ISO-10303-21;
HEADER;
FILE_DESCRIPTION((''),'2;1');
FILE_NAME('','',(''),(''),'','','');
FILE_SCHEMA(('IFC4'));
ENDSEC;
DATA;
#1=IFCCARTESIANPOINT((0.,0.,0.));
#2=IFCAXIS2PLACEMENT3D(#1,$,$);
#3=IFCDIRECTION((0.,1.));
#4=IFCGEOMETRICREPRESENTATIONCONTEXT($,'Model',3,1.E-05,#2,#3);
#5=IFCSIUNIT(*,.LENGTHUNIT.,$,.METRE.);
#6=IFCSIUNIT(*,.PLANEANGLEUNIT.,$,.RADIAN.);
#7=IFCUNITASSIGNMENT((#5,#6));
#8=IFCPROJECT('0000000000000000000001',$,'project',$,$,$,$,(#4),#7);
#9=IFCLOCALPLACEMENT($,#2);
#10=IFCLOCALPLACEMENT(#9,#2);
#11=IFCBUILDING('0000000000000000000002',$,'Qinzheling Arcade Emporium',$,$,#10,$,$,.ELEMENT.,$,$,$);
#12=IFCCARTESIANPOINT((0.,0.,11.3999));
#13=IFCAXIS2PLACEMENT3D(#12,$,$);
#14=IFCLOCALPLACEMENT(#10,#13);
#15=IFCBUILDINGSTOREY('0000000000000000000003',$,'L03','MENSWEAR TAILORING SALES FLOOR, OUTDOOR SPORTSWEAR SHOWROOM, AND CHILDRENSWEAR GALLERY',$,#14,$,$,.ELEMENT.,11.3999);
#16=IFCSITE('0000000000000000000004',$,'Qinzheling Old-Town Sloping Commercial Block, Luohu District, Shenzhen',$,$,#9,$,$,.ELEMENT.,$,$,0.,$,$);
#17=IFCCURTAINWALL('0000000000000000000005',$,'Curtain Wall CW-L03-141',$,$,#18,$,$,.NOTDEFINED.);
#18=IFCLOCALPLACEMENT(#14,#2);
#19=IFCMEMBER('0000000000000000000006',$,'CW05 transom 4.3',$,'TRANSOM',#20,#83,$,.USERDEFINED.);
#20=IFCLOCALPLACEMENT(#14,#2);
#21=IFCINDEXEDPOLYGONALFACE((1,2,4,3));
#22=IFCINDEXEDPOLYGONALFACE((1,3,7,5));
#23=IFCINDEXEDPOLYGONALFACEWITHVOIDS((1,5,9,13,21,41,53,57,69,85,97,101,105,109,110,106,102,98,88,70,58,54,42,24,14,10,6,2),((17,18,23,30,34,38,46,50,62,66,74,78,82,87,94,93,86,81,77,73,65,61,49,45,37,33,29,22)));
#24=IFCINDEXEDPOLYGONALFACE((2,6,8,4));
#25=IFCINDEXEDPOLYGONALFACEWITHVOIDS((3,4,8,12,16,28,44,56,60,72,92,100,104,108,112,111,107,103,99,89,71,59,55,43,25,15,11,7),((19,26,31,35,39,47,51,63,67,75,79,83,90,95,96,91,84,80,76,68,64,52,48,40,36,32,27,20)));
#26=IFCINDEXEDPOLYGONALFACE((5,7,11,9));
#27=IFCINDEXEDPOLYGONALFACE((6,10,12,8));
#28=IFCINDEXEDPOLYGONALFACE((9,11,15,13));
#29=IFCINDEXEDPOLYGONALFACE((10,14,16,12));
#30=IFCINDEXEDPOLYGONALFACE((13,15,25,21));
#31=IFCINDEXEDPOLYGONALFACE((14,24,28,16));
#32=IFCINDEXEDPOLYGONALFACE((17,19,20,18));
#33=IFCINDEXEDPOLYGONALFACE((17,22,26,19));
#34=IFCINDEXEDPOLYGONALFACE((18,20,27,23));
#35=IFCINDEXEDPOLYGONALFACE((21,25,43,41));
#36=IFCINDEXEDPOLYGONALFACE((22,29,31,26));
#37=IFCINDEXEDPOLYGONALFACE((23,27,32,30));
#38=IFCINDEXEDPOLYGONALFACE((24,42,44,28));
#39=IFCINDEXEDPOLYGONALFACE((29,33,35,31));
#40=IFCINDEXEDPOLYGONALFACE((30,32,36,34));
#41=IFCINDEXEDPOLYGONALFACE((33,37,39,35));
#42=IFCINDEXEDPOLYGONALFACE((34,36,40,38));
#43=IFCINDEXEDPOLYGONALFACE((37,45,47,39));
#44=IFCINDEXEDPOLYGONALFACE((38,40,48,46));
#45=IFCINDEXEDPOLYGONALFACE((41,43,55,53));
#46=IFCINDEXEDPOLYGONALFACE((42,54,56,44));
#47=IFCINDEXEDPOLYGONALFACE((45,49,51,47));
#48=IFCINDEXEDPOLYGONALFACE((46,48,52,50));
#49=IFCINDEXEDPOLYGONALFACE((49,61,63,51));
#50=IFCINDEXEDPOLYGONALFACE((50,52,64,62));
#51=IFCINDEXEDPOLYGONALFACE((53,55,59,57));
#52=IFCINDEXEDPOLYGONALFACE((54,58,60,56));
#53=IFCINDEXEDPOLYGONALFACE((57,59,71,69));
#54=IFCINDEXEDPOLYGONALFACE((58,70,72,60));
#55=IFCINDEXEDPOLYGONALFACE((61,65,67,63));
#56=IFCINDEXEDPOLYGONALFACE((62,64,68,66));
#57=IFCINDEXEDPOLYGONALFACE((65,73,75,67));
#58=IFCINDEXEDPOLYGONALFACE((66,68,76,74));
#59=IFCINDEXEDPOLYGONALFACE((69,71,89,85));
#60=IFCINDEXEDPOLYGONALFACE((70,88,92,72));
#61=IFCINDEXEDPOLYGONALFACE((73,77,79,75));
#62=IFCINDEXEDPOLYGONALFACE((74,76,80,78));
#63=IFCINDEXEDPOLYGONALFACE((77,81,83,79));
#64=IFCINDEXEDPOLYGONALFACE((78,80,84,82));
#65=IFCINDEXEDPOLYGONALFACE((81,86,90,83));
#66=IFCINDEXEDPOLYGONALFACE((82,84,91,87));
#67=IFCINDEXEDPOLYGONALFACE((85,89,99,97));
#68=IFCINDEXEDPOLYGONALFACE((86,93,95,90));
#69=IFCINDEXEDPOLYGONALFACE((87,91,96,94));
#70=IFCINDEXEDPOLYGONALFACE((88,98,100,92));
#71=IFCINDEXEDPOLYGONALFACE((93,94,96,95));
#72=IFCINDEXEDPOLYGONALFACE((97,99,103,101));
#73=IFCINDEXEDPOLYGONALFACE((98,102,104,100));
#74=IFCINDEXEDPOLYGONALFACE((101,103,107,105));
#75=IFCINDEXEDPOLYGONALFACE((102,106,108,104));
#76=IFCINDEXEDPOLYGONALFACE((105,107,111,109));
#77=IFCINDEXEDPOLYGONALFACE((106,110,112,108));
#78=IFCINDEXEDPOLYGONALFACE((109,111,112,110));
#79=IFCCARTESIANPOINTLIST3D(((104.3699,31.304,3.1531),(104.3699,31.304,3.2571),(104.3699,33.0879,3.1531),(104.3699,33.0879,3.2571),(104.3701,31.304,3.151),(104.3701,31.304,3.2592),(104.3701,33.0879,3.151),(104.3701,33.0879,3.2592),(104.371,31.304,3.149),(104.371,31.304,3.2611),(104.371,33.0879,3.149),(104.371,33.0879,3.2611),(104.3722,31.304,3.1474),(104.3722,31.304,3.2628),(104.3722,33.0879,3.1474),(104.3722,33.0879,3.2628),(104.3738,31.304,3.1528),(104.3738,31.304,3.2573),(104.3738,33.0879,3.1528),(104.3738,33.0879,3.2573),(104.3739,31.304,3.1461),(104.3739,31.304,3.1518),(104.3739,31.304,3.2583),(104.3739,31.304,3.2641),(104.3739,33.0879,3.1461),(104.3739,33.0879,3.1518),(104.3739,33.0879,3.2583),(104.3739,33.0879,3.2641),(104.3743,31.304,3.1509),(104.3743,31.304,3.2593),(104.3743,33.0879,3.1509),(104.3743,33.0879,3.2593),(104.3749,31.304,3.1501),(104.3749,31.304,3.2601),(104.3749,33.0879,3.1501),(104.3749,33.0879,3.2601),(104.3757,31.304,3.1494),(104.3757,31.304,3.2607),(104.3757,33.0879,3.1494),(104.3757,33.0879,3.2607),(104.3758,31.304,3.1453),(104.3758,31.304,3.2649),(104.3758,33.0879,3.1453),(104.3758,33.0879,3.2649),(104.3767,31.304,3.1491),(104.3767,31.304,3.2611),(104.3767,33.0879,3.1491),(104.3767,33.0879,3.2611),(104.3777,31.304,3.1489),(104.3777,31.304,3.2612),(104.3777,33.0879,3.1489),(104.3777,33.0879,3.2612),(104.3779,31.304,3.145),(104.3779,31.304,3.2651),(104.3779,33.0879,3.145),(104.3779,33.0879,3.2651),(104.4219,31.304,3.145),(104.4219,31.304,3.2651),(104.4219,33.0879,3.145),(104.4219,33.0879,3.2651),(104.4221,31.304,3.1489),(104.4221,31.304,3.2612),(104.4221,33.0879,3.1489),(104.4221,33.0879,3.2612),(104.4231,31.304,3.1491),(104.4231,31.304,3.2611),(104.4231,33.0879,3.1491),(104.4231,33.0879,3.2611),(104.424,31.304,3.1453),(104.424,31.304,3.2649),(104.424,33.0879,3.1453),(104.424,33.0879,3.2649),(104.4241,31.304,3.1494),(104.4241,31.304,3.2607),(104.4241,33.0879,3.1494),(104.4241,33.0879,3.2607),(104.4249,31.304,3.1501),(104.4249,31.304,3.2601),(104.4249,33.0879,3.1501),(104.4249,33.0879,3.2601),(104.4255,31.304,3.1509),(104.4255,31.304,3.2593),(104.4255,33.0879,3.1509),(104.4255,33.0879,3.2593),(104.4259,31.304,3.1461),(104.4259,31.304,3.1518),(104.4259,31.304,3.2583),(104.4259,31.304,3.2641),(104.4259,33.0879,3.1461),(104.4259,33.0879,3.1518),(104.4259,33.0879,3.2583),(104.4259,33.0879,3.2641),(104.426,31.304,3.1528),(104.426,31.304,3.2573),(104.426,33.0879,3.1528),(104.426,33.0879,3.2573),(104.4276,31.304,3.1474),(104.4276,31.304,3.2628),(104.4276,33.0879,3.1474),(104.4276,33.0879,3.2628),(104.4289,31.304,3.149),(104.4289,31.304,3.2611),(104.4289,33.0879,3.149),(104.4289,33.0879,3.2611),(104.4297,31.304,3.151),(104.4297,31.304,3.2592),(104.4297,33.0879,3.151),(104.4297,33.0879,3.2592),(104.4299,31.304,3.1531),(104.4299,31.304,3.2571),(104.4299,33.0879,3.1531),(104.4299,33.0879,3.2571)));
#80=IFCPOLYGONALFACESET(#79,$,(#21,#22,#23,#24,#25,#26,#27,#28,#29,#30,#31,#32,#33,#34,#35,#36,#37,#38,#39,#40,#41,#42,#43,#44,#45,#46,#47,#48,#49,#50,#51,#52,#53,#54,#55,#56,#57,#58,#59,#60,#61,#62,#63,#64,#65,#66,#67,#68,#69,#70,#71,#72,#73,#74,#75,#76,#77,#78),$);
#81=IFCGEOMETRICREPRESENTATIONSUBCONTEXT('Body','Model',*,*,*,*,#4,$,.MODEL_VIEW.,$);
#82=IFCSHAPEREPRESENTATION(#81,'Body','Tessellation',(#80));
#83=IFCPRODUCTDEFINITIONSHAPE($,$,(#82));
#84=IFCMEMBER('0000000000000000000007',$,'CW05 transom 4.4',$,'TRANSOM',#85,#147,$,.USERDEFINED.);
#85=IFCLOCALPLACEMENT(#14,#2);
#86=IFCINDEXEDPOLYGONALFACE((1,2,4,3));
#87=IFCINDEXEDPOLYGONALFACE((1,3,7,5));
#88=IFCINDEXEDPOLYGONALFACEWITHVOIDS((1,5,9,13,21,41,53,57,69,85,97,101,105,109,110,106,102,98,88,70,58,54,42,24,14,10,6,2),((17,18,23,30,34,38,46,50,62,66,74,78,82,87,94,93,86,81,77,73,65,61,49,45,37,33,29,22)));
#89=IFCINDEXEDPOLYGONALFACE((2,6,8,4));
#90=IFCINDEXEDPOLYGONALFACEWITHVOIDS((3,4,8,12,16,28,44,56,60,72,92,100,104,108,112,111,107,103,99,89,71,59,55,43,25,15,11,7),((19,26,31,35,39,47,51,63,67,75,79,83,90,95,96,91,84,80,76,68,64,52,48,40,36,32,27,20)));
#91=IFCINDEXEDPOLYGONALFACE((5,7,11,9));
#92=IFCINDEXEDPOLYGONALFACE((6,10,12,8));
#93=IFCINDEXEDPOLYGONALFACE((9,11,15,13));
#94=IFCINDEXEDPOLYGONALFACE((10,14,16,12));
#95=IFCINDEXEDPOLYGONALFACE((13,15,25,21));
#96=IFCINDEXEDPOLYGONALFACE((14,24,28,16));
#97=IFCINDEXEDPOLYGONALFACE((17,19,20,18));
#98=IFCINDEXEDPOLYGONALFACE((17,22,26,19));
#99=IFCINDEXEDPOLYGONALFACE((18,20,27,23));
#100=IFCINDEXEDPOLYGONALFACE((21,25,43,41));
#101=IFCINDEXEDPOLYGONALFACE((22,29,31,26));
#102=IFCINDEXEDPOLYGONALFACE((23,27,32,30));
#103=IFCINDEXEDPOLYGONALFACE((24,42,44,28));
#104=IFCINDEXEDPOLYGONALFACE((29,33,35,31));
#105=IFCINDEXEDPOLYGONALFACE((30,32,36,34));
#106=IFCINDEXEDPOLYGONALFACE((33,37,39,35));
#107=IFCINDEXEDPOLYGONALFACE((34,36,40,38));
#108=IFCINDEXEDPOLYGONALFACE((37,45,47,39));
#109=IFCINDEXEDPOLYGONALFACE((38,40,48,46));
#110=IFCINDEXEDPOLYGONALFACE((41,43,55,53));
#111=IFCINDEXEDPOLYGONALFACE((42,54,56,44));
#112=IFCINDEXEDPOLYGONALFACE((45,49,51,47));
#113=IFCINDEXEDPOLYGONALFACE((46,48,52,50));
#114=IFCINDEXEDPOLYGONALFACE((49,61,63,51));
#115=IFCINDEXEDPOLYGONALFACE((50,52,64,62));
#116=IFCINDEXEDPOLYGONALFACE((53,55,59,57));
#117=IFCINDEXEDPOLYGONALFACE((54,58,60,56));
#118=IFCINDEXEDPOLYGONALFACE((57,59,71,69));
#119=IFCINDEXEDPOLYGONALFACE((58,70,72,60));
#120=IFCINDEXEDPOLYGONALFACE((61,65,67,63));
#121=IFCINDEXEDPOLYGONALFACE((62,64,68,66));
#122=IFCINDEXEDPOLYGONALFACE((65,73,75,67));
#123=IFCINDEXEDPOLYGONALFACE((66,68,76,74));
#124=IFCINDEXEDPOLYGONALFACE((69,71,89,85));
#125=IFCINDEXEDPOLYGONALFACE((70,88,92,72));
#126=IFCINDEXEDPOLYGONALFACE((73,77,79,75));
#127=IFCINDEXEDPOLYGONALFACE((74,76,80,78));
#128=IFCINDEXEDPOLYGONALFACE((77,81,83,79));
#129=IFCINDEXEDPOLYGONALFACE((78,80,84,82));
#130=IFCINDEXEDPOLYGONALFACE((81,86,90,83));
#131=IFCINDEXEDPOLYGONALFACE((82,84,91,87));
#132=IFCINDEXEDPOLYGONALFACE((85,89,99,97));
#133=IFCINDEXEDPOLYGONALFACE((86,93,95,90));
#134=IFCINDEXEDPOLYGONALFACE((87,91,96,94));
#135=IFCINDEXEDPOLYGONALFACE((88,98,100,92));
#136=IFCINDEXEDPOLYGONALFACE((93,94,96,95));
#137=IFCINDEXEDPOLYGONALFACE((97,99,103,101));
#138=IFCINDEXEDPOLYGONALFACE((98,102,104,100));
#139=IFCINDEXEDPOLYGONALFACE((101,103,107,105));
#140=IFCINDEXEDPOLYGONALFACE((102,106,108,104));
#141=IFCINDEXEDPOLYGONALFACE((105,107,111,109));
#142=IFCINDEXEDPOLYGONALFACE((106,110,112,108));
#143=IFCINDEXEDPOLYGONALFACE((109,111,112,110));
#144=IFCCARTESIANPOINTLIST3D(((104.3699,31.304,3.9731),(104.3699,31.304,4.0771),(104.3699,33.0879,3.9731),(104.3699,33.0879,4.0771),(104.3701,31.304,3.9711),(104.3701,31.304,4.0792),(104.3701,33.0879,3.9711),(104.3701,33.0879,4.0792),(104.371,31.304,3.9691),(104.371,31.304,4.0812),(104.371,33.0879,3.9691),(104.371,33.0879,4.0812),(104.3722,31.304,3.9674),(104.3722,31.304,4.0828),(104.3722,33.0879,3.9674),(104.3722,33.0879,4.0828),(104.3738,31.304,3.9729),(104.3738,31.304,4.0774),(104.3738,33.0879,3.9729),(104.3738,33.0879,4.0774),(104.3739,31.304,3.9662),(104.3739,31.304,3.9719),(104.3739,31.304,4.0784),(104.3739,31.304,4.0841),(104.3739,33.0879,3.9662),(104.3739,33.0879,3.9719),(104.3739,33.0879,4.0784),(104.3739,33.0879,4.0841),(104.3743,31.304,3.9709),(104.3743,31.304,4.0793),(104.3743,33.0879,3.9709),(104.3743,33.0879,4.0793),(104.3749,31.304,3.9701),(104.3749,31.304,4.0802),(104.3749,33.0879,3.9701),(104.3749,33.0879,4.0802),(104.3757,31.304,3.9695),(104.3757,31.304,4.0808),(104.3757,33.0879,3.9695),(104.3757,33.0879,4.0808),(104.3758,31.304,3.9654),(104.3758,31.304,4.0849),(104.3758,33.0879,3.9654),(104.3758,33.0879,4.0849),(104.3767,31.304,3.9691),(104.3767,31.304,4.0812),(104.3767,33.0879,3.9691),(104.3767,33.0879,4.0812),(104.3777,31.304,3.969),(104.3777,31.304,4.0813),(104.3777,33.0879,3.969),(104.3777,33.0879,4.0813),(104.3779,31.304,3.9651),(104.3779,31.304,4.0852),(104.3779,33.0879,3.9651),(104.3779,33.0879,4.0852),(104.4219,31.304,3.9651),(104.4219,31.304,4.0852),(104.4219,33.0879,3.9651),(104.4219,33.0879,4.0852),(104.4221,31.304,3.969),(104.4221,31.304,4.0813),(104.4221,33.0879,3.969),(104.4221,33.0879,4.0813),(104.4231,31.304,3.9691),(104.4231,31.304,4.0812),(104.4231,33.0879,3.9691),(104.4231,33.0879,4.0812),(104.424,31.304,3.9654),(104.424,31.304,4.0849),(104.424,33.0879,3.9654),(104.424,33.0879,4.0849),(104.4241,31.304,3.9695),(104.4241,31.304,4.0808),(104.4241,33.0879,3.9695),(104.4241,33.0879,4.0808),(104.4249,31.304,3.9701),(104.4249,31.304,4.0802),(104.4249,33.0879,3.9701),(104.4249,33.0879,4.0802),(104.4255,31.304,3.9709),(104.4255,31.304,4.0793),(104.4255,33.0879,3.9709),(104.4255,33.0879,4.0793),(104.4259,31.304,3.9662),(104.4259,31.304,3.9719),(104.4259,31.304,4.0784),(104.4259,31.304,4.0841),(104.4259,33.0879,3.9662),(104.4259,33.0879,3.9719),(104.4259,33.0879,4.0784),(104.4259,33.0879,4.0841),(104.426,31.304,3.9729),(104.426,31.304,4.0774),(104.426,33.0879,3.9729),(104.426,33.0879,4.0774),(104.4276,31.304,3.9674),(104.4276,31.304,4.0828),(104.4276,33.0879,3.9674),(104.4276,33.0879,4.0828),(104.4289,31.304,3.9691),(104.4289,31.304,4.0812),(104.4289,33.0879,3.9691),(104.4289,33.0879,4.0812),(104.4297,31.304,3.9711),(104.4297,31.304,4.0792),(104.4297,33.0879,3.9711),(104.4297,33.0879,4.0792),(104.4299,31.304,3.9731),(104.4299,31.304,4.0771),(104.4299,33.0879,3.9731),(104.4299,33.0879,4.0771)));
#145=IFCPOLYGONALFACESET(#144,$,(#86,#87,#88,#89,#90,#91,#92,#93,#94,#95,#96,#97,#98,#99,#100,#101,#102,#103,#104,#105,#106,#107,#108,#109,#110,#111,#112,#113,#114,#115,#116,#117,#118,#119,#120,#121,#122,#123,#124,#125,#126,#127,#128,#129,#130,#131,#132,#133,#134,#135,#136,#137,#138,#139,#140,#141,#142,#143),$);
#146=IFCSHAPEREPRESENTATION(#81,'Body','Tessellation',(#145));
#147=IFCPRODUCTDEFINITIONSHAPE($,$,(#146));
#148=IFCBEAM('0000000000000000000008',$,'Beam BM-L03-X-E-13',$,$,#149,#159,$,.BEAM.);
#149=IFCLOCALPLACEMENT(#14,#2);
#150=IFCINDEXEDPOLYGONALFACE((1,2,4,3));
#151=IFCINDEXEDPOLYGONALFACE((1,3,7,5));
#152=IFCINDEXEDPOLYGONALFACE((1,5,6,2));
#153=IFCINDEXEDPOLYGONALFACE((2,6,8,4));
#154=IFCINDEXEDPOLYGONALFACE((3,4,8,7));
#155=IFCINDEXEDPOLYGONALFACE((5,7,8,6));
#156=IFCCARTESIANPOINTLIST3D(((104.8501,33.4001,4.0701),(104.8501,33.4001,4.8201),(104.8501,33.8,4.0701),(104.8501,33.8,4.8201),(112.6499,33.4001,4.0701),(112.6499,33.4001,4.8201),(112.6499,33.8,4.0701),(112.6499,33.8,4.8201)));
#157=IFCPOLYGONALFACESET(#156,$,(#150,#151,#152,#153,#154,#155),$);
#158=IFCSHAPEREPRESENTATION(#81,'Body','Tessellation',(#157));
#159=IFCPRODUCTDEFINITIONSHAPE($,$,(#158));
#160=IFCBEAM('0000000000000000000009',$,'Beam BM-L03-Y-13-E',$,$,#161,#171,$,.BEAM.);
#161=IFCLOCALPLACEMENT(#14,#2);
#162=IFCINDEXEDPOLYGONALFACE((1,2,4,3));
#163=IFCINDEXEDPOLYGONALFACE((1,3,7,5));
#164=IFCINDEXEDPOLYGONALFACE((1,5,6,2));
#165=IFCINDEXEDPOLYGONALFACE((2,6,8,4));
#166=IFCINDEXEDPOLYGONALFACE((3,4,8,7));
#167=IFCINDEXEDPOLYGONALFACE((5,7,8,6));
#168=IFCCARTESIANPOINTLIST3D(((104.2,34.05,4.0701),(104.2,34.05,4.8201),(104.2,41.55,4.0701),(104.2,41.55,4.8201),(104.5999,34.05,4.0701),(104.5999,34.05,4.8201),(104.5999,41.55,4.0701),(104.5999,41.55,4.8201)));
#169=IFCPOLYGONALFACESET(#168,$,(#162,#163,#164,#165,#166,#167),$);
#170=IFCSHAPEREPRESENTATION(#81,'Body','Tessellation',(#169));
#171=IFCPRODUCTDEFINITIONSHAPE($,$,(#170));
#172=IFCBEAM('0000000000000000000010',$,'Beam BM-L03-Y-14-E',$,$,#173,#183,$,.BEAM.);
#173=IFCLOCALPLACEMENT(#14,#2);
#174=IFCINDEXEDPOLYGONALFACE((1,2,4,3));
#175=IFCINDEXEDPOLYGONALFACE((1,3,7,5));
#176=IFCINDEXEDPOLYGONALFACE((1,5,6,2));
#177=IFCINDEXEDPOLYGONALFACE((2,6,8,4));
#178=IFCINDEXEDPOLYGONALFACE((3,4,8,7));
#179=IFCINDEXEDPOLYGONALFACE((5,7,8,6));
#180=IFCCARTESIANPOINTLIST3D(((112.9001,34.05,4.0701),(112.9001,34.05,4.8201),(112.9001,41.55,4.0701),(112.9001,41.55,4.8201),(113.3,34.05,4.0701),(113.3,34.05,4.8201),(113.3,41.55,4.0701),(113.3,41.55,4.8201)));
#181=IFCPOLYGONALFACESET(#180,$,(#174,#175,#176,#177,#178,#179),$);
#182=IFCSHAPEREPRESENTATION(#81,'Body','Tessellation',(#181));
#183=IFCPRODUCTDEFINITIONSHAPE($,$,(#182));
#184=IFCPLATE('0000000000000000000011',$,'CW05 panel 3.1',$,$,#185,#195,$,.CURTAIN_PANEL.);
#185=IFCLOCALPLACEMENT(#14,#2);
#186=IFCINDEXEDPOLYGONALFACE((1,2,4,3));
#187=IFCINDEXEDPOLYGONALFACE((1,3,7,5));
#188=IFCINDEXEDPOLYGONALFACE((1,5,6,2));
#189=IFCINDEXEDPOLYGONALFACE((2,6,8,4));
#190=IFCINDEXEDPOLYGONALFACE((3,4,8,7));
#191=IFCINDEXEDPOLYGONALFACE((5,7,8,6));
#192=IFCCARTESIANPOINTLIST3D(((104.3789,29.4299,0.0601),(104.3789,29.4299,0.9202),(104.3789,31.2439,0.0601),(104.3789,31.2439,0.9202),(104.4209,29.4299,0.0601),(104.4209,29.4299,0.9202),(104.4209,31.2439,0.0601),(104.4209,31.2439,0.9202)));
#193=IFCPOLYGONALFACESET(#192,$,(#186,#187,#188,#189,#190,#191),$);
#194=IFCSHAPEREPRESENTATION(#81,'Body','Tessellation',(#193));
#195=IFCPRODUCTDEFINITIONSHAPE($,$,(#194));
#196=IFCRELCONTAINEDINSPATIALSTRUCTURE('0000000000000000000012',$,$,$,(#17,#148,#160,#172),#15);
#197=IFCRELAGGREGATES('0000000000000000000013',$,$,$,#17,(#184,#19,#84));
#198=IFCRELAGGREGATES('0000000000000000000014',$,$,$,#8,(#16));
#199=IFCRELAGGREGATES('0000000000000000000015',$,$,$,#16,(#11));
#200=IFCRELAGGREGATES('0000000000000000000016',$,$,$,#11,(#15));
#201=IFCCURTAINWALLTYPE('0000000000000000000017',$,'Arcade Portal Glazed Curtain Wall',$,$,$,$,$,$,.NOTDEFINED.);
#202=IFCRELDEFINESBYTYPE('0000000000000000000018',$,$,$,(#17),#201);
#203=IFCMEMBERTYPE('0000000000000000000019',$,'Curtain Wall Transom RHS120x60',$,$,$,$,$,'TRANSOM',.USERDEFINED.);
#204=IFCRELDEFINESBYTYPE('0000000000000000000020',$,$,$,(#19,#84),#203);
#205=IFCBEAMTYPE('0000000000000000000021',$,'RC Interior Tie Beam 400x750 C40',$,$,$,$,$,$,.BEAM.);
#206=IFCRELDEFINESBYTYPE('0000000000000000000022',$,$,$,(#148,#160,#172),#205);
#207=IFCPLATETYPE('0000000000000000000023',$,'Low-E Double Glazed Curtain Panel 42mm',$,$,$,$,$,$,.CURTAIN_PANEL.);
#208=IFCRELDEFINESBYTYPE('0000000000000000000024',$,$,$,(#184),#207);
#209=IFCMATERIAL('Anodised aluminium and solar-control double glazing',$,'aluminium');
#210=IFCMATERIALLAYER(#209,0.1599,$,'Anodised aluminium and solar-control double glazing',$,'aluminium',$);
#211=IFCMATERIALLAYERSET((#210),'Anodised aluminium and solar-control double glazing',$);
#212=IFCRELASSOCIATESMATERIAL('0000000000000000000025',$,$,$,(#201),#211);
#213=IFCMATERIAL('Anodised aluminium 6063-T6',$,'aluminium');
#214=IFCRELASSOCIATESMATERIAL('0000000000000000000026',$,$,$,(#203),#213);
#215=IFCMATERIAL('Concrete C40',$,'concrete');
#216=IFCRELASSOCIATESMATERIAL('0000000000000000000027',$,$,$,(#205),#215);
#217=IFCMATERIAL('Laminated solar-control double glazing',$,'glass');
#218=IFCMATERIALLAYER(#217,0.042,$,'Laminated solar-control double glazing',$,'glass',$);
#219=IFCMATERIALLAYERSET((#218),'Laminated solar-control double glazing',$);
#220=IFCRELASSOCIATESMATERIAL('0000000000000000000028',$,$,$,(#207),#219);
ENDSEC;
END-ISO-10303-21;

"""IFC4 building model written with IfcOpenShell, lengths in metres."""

from ifc_helpers import new_model, si_unit, direction, frame, origin, origin_2d, place, context, subcontext, project, spatial, rectangle, hollow_rectangle, extrude, material, layer, layer_set, material_profile, profile_set, type_object, element, aggregate, save


model = new_model("IFC4")

# Units and contexts
model_context = context("Model", 3, precision=1e-05, world=origin(), true_north=direction((0.0, 1.0)))
body_context = subcontext(model_context, "Body", "Model", "MODEL_VIEW")
ifc_project = project(units=[si_unit("LENGTHUNIT", "METRE"), si_unit("PLANEANGLEUNIT", "RADIAN")], contexts=[model_context])

# Site, building, storey
site_placement = place(None, origin())
site = spatial("IfcSite", under=ifc_project, at=site_placement, Name="Qinzheling Old-Town Sloping Commercial Block, Luohu District, Shenzhen", CompositionType="ELEMENT", RefElevation=0.0)
building_placement = place(site_placement, origin())
building = spatial("IfcBuilding", under=site, at=building_placement, Name="Qinzheling Arcade Emporium", CompositionType="ELEMENT")
storey_placement = place(building_placement, frame((0.0, 0.0, 11.3999)))
storey = spatial("IfcBuildingStorey", under=building, at=storey_placement, Name="L03", Description="MENSWEAR TAILORING SALES FLOOR, OUTDOOR SPORTSWEAR SHOWROOM, AND CHILDRENSWEAR GALLERY", CompositionType="ELEMENT", Elevation=11.3999)

# Curtain wall
ifc_material_1 = material(Name="Anodised aluminium and solar-control double glazing", Category="aluminium")
ifc_layer_1 = layer(ifc_material_1, 0.1599, Name="Anodised aluminium and solar-control double glazing", Category="aluminium")
ifc_layer_set_1 = layer_set([ifc_layer_1], Name="Anodised aluminium and solar-control double glazing")
curtain_wall_type_1 = type_object("IfcCurtainWallType", Name="Arcade Portal Glazed Curtain Wall", PredefinedType="NOTDEFINED", material=ifc_layer_set_1)
curtain_wall_1_placement = place(storey_placement, origin())
curtain_wall_1 = element("IfcCurtainWall", 1, at=curtain_wall_1_placement, inside=storey, type_object=curtain_wall_type_1, Name="Curtain Wall CW-L03-141", PredefinedType="NOTDEFINED")
ifc_material_2 = material(Name="Anodised aluminium 6063-T6", Category="aluminium")

# Members
ifc_material_profile_1 = material_profile(ifc_material_2, hollow_rectangle(XDim=0.0601, YDim=0.1201, WallThickness=0.0039, InnerFilletRadius=0.0039, OuterFilletRadius=0.0081, at=origin_2d()), Name="RHS 120x60x4", Category="aluminium")
ifc_profile_set_1 = profile_set([ifc_material_profile_1], Name="Anodised aluminium 6063-T6")
member_type_1 = type_object("IfcMemberType", Name="Curtain Wall Transom RHS120x60", ElementType="TRANSOM", PredefinedType="USERDEFINED", material=ifc_profile_set_1)
member_1_placement = place(storey_placement, frame((104.3999, 31.304, 3.2051), z_axis=(0.0, 1.0, 0.0), x_axis=(-1.0, 0.0, 0.0)))
member_1 = element("IfcMember", 2, at=member_1_placement, type_object=member_type_1, Name="CW05 transom 4.3", ObjectType="TRANSOM", PredefinedType="USERDEFINED", context=body_context, shape_type="SweptSolid", body=[
    extrude(hollow_rectangle(XDim=0.0601, YDim=0.1201, WallThickness=0.0039, InnerFilletRadius=0.0039, OuterFilletRadius=0.0081, at=origin_2d()), origin(), (0.0, 0.0, 1.0), 1.7839),
])
member_2_placement = place(storey_placement, frame((104.3999, 31.304, 4.0251), z_axis=(0.0, 1.0, 0.0), x_axis=(-1.0, 0.0, 0.0)))
member_2 = element("IfcMember", 3, at=member_2_placement, type_object=member_type_1, Name="CW05 transom 4.4", ObjectType="TRANSOM", PredefinedType="USERDEFINED", context=body_context, shape_type="SweptSolid", body=[
    extrude(hollow_rectangle(XDim=0.0601, YDim=0.1201, WallThickness=0.0039, InnerFilletRadius=0.0039, OuterFilletRadius=0.0081, at=origin_2d()), origin(), (0.0, 0.0, 1.0), 1.7839),
])

# Beams
ifc_material_3 = material(Name="Concrete C40", Category="concrete")
ifc_material_profile_2 = material_profile(ifc_material_3, rectangle(XDim=0.3999, YDim=0.75, at=origin_2d()), Name="RC 400x750", Category="concrete")
ifc_profile_set_2 = profile_set([ifc_material_profile_2], Name="Concrete C40")
beam_type = type_object("IfcBeamType", Name="RC Interior Tie Beam 400x750 C40", PredefinedType="BEAM", material=ifc_profile_set_2)
beam_placement = place(storey_placement, frame((104.8501, 33.6001, 4.4451), z_axis=(1.0, 0.0, 0.0), x_axis=(0.0, 1.0, 0.0)))
element("IfcBeam", 4, at=beam_placement, inside=storey, type_object=beam_type, Name="Beam BM-L03-X-E-13", PredefinedType="BEAM", context=body_context, shape_type="SweptSolid", body=[
    extrude(rectangle(XDim=0.3999, YDim=0.75, at=origin_2d()), origin(), (0.0, 0.0, 1.0), 7.7998),
])
for number, where, z_axis, x_axis, name in (
    (5, (104.3999, 34.05, 4.4451), (0.0, 1.0, 0.0), (-1.0, 0.0, 0.0), "Beam BM-L03-Y-13-E"),
    (6, (113.1001, 34.05, 4.4451), (0.0, 1.0, 0.0), (-1.0, 0.0, 0.0), "Beam BM-L03-Y-14-E"),
):
    element("IfcBeam", number, at=place(storey_placement, frame(where, z_axis=z_axis, x_axis=x_axis)), inside=storey, type_object=beam_type, Name=name, PredefinedType="BEAM", context=body_context, shape_type="SweptSolid", body=[
        extrude(rectangle(XDim=0.3999, YDim=0.75, at=origin_2d()), origin(), (0.0, 0.0, 1.0), 7.5),
    ])

# Plate
ifc_material_4 = material(Name="Laminated solar-control double glazing", Category="glass")
ifc_layer_2 = layer(ifc_material_4, 0.042, Name="Laminated solar-control double glazing", Category="glass")
ifc_layer_set_2 = layer_set([ifc_layer_2], Name="Laminated solar-control double glazing")
plate_type = type_object("IfcPlateType", Name="Low-E Double Glazed Curtain Panel 42mm", PredefinedType="CURTAIN_PANEL", material=ifc_layer_set_2)
plate_1_placement = place(storey_placement, frame((104.3999, 30.3369, 0.0601), z_axis=(0.0, 0.0, 1.0), x_axis=(0.0, 1.0, 0.0)))
plate_1 = element("IfcPlate", 7, at=plate_1_placement, type_object=plate_type, Name="CW05 panel 3.1", PredefinedType="CURTAIN_PANEL", context=body_context, shape_type="SweptSolid", body=[
    extrude(rectangle(XDim=1.814, YDim=0.042, at=origin_2d()), origin(), (0.0, 0.0, 1.0), 0.8601),
])
aggregate(curtain_wall_1, [plate_1, member_1, member_2])

save(model, "model.ifc")
